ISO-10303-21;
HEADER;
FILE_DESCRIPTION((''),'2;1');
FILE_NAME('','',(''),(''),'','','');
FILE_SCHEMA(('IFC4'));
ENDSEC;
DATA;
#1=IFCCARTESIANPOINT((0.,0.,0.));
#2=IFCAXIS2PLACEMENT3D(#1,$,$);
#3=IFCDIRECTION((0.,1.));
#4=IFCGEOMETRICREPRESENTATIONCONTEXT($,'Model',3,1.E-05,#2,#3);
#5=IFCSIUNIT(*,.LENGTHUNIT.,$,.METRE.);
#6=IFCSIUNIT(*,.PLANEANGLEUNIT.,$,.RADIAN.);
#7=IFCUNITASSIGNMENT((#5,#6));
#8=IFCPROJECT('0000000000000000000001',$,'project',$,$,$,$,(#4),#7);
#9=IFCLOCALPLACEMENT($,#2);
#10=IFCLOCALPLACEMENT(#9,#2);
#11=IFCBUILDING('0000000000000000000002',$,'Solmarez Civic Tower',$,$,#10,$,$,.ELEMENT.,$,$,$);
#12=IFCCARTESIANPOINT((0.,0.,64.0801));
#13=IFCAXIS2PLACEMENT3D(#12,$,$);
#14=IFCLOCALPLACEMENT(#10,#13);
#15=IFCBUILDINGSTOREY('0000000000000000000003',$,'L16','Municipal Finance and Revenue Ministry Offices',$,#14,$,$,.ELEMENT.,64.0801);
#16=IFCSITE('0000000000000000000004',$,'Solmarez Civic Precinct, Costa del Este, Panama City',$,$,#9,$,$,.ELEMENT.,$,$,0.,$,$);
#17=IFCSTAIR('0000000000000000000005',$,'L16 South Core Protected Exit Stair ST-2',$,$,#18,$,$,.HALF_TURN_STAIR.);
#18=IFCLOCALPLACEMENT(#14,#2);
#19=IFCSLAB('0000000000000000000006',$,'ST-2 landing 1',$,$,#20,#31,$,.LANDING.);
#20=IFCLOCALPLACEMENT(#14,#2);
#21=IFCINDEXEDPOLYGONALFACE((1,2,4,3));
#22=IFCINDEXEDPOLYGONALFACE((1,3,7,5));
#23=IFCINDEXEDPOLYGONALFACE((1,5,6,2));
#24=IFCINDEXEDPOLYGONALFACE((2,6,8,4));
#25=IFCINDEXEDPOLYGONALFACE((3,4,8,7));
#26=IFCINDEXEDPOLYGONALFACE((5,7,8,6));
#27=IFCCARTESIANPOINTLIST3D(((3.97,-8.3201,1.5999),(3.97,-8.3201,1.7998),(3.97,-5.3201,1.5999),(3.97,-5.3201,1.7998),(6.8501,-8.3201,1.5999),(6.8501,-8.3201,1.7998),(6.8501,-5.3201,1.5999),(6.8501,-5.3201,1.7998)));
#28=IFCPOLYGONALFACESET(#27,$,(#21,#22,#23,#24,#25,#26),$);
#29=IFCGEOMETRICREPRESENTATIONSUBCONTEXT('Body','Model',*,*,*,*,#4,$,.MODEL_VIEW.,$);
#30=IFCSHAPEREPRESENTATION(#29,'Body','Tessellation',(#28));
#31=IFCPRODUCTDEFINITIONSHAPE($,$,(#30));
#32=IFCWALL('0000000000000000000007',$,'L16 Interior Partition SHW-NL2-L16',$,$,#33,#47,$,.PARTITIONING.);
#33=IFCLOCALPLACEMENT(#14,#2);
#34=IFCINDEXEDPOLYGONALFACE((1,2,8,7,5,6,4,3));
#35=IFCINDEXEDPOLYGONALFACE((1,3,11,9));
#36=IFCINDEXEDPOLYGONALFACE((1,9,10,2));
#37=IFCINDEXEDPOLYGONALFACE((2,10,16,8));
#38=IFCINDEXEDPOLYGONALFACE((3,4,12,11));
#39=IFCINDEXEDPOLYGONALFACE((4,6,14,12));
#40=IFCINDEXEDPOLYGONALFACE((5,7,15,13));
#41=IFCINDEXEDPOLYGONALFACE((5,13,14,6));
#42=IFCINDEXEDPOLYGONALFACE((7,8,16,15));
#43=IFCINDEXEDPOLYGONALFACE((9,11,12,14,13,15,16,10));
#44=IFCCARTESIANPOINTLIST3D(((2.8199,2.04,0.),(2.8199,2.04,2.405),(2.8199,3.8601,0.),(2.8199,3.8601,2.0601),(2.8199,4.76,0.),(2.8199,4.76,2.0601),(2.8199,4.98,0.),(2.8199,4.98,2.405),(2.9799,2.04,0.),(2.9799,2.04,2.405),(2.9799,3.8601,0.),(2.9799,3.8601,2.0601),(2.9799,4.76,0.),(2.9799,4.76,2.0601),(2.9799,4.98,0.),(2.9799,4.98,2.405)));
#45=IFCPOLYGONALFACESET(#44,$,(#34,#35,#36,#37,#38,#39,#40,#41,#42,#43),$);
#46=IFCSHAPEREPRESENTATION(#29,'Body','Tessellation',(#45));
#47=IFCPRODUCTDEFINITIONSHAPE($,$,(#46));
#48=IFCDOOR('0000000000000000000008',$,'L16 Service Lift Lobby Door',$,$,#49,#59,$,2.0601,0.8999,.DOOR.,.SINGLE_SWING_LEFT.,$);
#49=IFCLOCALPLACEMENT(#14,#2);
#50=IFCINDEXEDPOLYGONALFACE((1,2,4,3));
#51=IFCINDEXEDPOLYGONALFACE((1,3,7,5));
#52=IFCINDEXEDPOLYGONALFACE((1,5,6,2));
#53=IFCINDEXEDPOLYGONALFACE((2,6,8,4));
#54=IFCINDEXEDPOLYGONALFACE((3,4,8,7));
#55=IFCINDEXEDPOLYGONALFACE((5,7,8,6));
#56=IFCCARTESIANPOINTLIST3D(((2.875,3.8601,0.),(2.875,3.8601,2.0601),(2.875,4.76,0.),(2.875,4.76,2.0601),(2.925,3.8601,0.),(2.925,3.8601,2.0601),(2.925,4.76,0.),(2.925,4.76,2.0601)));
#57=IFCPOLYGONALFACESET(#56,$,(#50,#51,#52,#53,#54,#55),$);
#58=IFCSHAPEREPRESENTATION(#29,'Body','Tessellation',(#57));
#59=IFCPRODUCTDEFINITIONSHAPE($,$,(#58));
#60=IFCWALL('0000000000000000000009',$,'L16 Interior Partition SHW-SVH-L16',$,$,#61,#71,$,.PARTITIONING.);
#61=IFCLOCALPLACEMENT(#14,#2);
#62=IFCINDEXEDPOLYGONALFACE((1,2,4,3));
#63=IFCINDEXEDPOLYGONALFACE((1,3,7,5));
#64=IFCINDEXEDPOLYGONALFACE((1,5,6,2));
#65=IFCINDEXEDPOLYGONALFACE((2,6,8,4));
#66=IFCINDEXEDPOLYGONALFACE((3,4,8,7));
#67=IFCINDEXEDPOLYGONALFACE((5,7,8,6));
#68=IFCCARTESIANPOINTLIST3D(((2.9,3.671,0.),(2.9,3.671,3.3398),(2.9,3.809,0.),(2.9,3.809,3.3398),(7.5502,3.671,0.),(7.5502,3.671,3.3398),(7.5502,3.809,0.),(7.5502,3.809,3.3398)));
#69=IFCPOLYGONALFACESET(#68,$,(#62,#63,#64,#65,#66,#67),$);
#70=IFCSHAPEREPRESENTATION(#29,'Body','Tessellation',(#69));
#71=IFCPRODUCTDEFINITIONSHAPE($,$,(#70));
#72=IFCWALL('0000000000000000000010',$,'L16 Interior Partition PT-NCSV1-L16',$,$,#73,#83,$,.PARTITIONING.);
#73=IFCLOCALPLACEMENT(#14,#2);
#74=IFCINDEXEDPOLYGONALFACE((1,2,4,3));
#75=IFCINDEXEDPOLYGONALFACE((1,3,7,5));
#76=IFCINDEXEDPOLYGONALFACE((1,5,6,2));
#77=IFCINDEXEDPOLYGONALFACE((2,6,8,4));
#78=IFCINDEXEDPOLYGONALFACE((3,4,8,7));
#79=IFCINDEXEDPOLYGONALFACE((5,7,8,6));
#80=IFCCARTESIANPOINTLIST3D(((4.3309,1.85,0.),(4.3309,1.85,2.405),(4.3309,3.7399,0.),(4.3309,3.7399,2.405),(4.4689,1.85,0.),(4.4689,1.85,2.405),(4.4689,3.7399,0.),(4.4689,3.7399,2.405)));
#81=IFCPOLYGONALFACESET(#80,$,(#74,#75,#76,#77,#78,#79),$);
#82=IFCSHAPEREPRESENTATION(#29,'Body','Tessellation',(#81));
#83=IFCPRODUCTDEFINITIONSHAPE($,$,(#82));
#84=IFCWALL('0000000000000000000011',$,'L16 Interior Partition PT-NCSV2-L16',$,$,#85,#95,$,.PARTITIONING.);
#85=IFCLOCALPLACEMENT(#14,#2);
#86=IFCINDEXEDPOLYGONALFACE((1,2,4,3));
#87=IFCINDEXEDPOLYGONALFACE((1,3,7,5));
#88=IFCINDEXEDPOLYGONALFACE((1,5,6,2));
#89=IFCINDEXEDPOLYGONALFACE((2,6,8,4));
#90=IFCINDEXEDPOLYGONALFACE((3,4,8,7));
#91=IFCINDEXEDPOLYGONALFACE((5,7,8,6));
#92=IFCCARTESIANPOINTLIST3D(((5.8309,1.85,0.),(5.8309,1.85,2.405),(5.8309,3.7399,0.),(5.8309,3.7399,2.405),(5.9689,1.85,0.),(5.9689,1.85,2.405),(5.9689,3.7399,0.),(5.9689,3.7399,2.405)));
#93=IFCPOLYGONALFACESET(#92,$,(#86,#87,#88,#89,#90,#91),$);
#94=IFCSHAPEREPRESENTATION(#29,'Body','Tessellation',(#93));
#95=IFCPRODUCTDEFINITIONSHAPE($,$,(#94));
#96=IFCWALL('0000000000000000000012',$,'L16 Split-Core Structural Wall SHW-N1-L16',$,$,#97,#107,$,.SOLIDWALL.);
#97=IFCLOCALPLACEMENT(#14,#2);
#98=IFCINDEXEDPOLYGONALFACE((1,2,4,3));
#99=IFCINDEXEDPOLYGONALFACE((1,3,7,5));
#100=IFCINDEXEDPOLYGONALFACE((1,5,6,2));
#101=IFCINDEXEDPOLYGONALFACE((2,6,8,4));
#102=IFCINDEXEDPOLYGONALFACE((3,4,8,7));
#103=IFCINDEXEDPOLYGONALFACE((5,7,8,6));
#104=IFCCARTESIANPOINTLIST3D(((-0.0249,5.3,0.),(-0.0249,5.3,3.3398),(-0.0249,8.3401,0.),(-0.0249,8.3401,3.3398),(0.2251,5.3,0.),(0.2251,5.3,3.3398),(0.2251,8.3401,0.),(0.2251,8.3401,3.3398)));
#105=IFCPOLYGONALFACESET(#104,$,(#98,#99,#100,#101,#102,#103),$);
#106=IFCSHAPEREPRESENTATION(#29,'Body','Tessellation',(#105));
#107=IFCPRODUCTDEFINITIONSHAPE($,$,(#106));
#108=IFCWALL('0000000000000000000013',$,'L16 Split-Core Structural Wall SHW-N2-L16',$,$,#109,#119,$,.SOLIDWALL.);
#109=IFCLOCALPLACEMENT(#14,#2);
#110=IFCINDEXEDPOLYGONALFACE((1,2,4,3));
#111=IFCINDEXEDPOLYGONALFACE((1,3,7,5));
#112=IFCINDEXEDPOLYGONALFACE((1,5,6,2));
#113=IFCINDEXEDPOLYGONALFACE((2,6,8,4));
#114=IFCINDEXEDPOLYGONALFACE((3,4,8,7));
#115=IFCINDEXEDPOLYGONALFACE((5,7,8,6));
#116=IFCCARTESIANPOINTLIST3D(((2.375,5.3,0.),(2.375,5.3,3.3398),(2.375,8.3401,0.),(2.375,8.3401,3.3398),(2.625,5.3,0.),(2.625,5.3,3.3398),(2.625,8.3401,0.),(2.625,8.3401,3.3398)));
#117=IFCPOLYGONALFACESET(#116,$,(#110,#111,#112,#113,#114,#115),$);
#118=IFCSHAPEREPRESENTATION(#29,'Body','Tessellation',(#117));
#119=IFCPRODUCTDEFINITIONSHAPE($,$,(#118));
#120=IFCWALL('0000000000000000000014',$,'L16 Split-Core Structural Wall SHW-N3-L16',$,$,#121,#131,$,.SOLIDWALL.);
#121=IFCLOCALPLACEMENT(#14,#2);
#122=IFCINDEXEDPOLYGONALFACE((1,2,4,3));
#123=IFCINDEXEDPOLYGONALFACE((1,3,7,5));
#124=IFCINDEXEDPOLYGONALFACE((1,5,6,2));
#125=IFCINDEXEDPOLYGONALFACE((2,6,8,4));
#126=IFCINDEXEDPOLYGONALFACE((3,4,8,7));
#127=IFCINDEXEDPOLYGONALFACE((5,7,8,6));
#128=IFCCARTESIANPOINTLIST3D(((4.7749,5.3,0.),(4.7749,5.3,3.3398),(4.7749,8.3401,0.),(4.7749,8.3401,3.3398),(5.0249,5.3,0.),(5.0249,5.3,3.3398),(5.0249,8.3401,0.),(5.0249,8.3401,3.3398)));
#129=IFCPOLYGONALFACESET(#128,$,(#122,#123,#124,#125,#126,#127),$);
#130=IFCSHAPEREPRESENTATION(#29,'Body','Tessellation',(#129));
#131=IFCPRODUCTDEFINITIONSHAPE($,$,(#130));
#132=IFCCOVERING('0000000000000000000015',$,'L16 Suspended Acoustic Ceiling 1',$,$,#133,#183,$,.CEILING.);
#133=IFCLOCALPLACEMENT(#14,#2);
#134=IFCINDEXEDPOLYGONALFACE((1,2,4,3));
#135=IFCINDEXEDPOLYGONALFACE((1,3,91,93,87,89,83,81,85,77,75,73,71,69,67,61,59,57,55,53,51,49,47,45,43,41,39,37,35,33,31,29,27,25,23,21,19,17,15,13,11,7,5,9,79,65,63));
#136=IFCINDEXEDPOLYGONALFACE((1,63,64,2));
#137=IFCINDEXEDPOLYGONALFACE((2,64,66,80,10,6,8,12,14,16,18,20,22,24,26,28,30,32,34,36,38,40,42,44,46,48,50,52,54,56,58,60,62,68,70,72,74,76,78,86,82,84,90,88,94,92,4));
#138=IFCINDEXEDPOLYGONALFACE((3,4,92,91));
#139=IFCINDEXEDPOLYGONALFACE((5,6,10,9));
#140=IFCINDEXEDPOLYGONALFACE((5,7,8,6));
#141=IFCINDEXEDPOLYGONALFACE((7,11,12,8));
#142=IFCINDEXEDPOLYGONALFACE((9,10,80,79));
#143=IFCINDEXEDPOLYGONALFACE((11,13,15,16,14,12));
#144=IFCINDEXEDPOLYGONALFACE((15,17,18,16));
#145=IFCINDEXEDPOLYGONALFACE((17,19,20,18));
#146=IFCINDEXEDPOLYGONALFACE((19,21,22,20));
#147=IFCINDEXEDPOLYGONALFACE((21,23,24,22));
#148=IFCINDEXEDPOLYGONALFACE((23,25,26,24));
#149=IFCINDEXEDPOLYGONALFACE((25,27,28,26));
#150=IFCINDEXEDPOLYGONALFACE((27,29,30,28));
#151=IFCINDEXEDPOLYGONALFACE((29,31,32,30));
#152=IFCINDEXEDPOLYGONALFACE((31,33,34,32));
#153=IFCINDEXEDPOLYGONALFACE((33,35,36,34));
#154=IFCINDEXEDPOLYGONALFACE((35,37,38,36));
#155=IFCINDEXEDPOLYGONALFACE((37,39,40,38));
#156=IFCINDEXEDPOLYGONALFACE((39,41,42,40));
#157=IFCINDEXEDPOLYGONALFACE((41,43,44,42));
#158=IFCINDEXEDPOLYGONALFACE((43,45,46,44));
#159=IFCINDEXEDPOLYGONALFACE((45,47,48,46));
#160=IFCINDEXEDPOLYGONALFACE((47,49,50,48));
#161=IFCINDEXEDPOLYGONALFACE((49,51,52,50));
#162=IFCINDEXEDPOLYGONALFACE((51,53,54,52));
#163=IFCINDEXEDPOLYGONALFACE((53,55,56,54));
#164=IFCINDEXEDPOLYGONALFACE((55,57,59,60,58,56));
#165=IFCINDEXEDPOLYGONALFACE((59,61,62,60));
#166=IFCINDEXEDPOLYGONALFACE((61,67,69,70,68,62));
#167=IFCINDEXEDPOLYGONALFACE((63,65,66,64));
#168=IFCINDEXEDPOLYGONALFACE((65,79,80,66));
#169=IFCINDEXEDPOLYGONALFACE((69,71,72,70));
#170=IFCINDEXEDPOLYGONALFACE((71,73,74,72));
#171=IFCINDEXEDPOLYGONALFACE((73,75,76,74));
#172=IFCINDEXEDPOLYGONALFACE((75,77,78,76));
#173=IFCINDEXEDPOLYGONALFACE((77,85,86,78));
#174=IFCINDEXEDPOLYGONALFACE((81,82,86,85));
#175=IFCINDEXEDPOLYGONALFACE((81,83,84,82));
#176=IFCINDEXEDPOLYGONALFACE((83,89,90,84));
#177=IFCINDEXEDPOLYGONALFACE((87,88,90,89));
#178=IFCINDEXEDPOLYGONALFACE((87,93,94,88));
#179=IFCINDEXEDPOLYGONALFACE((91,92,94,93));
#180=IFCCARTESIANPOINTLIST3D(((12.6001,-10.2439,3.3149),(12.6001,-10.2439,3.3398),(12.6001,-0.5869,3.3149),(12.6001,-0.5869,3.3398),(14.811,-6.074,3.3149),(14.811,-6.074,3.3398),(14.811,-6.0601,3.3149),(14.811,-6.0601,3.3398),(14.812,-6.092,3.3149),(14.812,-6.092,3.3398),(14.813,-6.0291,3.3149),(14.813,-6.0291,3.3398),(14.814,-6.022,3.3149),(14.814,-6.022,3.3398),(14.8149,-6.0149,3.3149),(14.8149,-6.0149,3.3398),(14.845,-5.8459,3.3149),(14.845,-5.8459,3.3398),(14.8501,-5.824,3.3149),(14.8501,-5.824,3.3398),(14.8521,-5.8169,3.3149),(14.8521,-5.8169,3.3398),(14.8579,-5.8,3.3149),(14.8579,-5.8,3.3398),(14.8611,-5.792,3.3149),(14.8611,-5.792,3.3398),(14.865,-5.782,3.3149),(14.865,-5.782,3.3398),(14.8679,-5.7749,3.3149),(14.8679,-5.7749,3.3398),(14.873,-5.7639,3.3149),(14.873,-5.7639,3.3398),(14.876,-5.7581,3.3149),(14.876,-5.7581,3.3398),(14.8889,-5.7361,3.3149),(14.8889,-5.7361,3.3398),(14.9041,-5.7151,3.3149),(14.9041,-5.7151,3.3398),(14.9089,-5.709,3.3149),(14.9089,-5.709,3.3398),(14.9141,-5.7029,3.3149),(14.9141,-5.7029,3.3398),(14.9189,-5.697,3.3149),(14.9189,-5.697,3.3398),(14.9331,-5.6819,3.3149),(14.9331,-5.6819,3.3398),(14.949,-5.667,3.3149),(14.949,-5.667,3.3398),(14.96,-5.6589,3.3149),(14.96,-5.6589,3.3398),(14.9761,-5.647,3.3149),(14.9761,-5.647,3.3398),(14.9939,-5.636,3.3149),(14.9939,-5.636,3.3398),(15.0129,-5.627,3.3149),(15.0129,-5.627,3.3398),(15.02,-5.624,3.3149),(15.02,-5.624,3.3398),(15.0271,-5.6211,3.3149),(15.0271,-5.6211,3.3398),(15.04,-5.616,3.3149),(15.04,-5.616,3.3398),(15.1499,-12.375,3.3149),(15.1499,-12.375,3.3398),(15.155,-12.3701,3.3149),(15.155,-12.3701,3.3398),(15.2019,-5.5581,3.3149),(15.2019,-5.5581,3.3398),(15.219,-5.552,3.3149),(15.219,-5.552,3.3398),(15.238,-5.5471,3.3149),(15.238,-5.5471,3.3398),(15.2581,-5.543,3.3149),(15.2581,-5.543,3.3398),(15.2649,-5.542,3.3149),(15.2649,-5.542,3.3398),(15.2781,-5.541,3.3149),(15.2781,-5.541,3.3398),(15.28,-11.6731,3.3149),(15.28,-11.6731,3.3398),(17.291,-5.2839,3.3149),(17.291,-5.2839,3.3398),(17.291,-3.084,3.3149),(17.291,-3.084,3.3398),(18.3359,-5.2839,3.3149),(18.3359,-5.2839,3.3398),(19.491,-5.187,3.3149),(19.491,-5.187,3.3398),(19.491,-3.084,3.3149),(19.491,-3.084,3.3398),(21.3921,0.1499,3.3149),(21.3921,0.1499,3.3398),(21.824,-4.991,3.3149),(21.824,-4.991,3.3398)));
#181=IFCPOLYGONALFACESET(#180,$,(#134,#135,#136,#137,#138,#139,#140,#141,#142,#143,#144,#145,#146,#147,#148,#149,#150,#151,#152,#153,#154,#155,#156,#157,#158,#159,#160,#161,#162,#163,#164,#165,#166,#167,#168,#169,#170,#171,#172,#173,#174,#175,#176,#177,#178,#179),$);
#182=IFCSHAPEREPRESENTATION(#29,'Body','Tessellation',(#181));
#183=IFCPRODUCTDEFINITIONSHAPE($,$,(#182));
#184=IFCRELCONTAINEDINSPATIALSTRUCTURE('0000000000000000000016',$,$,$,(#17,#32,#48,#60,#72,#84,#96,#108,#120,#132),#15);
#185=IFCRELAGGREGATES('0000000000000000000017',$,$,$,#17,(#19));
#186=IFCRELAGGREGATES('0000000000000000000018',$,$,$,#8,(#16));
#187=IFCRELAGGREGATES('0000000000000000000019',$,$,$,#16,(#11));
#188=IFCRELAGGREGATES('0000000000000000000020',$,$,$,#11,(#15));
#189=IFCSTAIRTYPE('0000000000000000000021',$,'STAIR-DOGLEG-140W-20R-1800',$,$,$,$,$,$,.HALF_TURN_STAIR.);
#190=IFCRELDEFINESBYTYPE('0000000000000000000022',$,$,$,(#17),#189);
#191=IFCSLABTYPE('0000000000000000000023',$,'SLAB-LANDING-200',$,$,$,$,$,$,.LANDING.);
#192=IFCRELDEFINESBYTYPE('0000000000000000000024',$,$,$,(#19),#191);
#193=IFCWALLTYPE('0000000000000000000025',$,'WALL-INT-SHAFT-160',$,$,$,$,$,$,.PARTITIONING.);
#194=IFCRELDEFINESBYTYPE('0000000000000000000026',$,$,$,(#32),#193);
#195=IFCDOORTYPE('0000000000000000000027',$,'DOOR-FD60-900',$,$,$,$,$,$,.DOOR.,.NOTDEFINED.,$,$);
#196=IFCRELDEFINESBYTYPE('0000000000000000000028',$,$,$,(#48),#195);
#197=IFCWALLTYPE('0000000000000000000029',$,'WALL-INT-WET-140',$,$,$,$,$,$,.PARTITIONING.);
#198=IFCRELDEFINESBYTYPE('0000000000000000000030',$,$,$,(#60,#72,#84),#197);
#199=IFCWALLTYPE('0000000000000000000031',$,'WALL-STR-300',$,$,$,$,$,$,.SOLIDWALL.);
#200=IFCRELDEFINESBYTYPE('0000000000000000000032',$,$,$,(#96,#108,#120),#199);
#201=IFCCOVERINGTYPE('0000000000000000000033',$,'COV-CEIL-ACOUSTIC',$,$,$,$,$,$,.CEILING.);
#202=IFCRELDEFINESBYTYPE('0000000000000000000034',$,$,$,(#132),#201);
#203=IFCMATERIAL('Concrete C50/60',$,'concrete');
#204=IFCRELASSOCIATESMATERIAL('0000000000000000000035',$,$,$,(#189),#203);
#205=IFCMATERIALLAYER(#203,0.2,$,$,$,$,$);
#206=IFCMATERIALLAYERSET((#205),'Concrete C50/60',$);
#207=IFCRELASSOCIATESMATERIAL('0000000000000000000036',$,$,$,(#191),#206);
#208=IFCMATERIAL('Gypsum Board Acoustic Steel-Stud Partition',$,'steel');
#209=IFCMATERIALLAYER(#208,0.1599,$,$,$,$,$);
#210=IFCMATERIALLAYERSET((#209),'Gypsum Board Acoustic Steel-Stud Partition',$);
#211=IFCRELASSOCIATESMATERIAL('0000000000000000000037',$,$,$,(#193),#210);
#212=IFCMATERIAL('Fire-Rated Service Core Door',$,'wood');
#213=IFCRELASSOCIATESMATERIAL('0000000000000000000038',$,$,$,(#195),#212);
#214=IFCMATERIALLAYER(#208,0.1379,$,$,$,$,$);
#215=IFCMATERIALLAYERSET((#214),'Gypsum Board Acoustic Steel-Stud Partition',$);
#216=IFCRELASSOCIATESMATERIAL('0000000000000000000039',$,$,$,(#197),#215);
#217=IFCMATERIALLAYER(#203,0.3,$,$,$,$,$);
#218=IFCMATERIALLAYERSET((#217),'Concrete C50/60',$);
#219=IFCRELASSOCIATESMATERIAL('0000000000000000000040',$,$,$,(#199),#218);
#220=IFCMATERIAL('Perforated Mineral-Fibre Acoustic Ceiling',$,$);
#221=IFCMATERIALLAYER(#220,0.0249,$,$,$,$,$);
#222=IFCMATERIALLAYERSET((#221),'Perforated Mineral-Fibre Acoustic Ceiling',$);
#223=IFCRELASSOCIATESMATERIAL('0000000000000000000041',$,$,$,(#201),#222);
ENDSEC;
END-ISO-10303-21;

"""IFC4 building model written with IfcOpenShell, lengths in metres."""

from ifc_helpers import new_model, si_unit, direction, frame, frame_2d, origin, place, context, subcontext, project, spatial, polyline, rectangle, outline, extrude, material, layer, layer_set, type_object, element, fill, aggregate, save


model = new_model("IFC4")

# Units and contexts
model_context = context("Model", 3, precision=1e-05, world=origin(), true_north=direction((0.0, 1.0)))
body_context = subcontext(model_context, "Body", "Model", "MODEL_VIEW")
ifc_project = project(units=[si_unit("LENGTHUNIT", "METRE"), si_unit("PLANEANGLEUNIT", "RADIAN")], contexts=[model_context])

# Site, building, storey
site_placement = place(None, origin())
site = spatial("IfcSite", under=ifc_project, at=site_placement, Name="Solmarez Civic Precinct, Costa del Este, Panama City", CompositionType="ELEMENT", RefElevation=0.0)
building_placement = place(site_placement, origin())
building = spatial("IfcBuilding", under=site, at=building_placement, Name="Solmarez Civic Tower", CompositionType="ELEMENT")
storey_placement = place(building_placement, frame((0.0, 0.0, 64.0801)))
storey = spatial("IfcBuildingStorey", under=building, at=storey_placement, Name="L16", Description="Municipal Finance and Revenue Ministry Offices", CompositionType="ELEMENT", Elevation=64.0801)

# Stair, slab
ifc_material_1 = material(Name="Concrete C50/60", Category="concrete")
stair_type = type_object("IfcStairType", Name="STAIR-DOGLEG-140W-20R-1800", PredefinedType="HALF_TURN_STAIR", material=ifc_material_1)
stair_placement = place(storey_placement, origin())
stair = element("IfcStair", 1, at=stair_placement, inside=storey, type_object=stair_type, Name="L16 South Core Protected Exit Stair ST-2", PredefinedType="HALF_TURN_STAIR")
ifc_layer_1 = layer(ifc_material_1, 0.2)
ifc_layer_set_1 = layer_set([ifc_layer_1], Name="Concrete C50/60")
slab_type = type_object("IfcSlabType", Name="SLAB-LANDING-200", PredefinedType="LANDING", material=ifc_layer_set_1)
slab_placement = place(storey_placement, frame((0.0, 0.0, 1.5999)))
slab = element("IfcSlab", 2, at=slab_placement, type_object=slab_type, Name="ST-2 landing 1", PredefinedType="LANDING", context=body_context, shape_type="SweptSolid", body=[
    extrude(outline(polyline([(3.97, -8.3201), (6.8501, -8.3201), (6.8501, -5.3201), (3.97, -5.3201), (3.97, -8.3201)])), origin(), (0.0, 0.0, 1.0), 0.2),
])
aggregate(stair, [slab])

# Wall, opening, door
ifc_material_2 = material(Name="Gypsum Board Acoustic Steel-Stud Partition", Category="steel")
ifc_layer_2 = layer(ifc_material_2, 0.1599)
ifc_layer_set_2 = layer_set([ifc_layer_2], Name="Gypsum Board Acoustic Steel-Stud Partition")
wall_type_1 = type_object("IfcWallType", Name="WALL-INT-SHAFT-160", PredefinedType="PARTITIONING", material=ifc_layer_set_2)
wall_1_placement = place(storey_placement, frame((2.8999, 2.04, 0.0), z_axis=(0.0, 0.0, 1.0), x_axis=(0.0, 1.0, 0.0)))
wall_1 = element("IfcWall", 3, at=wall_1_placement, inside=storey, type_object=wall_type_1, Name="L16 Interior Partition SHW-NL2-L16", PredefinedType="PARTITIONING", context=body_context, shape_type="SweptSolid", body=[
    extrude(rectangle(XDim=2.9399, YDim=0.1599, at=frame_2d((1.47, 0.0))), origin(), (0.0, 0.0, 1.0), 2.405),
])
opening_1_placement = place(wall_1_placement, frame((1.8201, 0.0, 0.0)))
opening_1 = element("IfcOpeningElement", 4, at=opening_1_placement, cuts=wall_1, PredefinedType="OPENING", context=body_context, shape_type="SweptSolid", body=[
    extrude(rectangle(XDim=0.8999, YDim=2.0601, at=frame_2d((0.45, 1.03))), frame((0.0, 0.0898, 0.0), z_axis=(0.0, -1.0, 0.0), x_axis=(1.0, 0.0, 0.0)), (0.0, 0.0, 1.0), 0.1799),
])
ifc_material_3 = material(Name="Fire-Rated Service Core Door", Category="wood")
door_type_1 = type_object("IfcDoorType", Name="DOOR-FD60-900", OperationType="NOTDEFINED", PredefinedType="DOOR", material=ifc_material_3)
door_1_placement = place(opening_1_placement, origin())
door_1 = element("IfcDoor", 5, at=door_1_placement, inside=storey, type_object=door_type_1, Name="L16 Service Lift Lobby Door", OperationType="SINGLE_SWING_LEFT", OverallHeight=2.0601, OverallWidth=0.8999, PredefinedType="DOOR", context=body_context, shape_type="SweptSolid", body=[
    extrude(rectangle(XDim=0.8999, YDim=2.0601, at=frame_2d((0.45, 1.03))), frame((0.0, 0.0249, 0.0), z_axis=(0.0, -1.0, 0.0), x_axis=(1.0, 0.0, 0.0)), (0.0, 0.0, 1.0), 0.05),
])
fill(opening_1, door_1)

# Walls
ifc_layer_3 = layer(ifc_material_2, 0.1379)
ifc_layer_set_3 = layer_set([ifc_layer_3], Name="Gypsum Board Acoustic Steel-Stud Partition")
wall_type_2 = type_object("IfcWallType", Name="WALL-INT-WET-140", PredefinedType="PARTITIONING", material=ifc_layer_set_3)
wall_2_placement = place(storey_placement, frame((2.8999, 3.74, 0.0), z_axis=(0.0, 0.0, 1.0), x_axis=(1.0, 0.0, 0.0)))
element("IfcWall", 6, at=wall_2_placement, inside=storey, type_object=wall_type_2, Name="L16 Interior Partition SHW-SVH-L16", PredefinedType="PARTITIONING", context=body_context, shape_type="SweptSolid", body=[
    extrude(rectangle(XDim=4.6501, YDim=0.1379, at=frame_2d((2.3252, 0.0))), origin(), (0.0, 0.0, 1.0), 3.3398),
])
for number, where, z_axis, x_axis, name in (
    (7, (4.3999, 1.8501, 0.0), (0.0, 0.0, 1.0), (0.0, 1.0, 0.0), "L16 Interior Partition PT-NCSV1-L16"),
    (8, (5.8999, 1.8501, 0.0), (0.0, 0.0, 1.0), (0.0, 1.0, 0.0), "L16 Interior Partition PT-NCSV2-L16"),
):
    element("IfcWall", number, at=place(storey_placement, frame(where, z_axis=z_axis, x_axis=x_axis)), inside=storey, type_object=wall_type_2, Name=name, PredefinedType="PARTITIONING", context=body_context, shape_type="SweptSolid", body=[
        extrude(rectangle(XDim=1.8899, YDim=0.1379, at=frame_2d((0.9448, 0.0))), origin(), (0.0, 0.0, 1.0), 2.405),
    ])

# Shared definitions
ifc_layer_4 = layer(ifc_material_1, 0.3)
ifc_layer_set_4 = layer_set([ifc_layer_4], Name="Concrete C50/60")
wall_type_3 = type_object("IfcWallType", Name="WALL-STR-300", PredefinedType="SOLIDWALL", material=ifc_layer_set_4)

# Walls
for number, where, z_axis, x_axis, name in (
    (9, (0.1001, 5.3, 0.0), (0.0, 0.0, 1.0), (0.0, 1.0, 0.0), "L16 Split-Core Structural Wall SHW-N1-L16"),
    (10, (2.5, 5.3, 0.0), (0.0, 0.0, 1.0), (0.0, 1.0, 0.0), "L16 Split-Core Structural Wall SHW-N2-L16"),
    (11, (4.8999, 5.3, 0.0), (0.0, 0.0, 1.0), (0.0, 1.0, 0.0), "L16 Split-Core Structural Wall SHW-N3-L16"),
):
    element("IfcWall", number, at=place(storey_placement, frame(where, z_axis=z_axis, x_axis=x_axis)), inside=storey, type_object=wall_type_3, Name=name, PredefinedType="SOLIDWALL", context=body_context, shape_type="SweptSolid", body=[
        extrude(rectangle(XDim=3.04, YDim=0.25, at=frame_2d((1.52, 0.0))), origin(), (0.0, 0.0, 1.0), 3.3398),
    ])

# Covering
ifc_material_4 = material(Name="Perforated Mineral-Fibre Acoustic Ceiling")
ifc_layer_5 = layer(ifc_material_4, 0.0249)
ifc_layer_set_5 = layer_set([ifc_layer_5], Name="Perforated Mineral-Fibre Acoustic Ceiling")
covering_type_1 = type_object("IfcCoveringType", Name="COV-CEIL-ACOUSTIC", PredefinedType="CEILING", material=ifc_layer_set_5)
covering_1_placement = place(storey_placement, frame((0.0, 0.0, 3.3149)))
element("IfcCovering", 12, at=covering_1_placement, inside=storey, type_object=covering_type_1, Name="L16 Suspended Acoustic Ceiling 1", PredefinedType="CEILING", context=body_context, shape_type="SweptSolid", body=[
    extrude(outline(polyline([(12.6001, -0.5869), (12.6001, -10.2439), (15.1499, -12.375), (15.155, -12.3701), (15.28, -11.6731), (14.812, -6.092), (14.811, -6.074), (14.811, -6.0601), (14.813, -6.0291), (14.814, -6.022), (14.8149, -6.0149), (14.845, -5.8459), (14.8501, -5.824), (14.8521, -5.8169), (14.8579, -5.8), (14.8611, -5.792), (14.865, -5.782), (14.8679, -5.7749), (14.873, -5.7639), (14.876, -5.7581), (14.8889, -5.7361), (14.9041, -5.7151), (14.9089, -5.709), (14.9141, -5.7029), (14.9189, -5.697), (14.9331, -5.6819), (14.949, -5.667), (14.96, -5.6589), (14.9761, -5.647), (14.9939, -5.636), (15.0129, -5.627), (15.02, -5.624), (15.0271, -5.6211), (15.04, -5.616), (15.2019, -5.5581), (15.219, -5.552), (15.238, -5.5471), (15.2581, -5.543), (15.2649, -5.542), (15.2781, -5.541), (18.3359, -5.2839), (17.291, -5.2839), (17.291, -3.084), (19.491, -3.084), (19.491, -5.187), (21.824, -4.991), (21.3921, 0.1499), (12.6001, -0.5869)])), origin(), (0.0, 0.0, 1.0), 0.0249),
])

save(model, "model.ifc")
